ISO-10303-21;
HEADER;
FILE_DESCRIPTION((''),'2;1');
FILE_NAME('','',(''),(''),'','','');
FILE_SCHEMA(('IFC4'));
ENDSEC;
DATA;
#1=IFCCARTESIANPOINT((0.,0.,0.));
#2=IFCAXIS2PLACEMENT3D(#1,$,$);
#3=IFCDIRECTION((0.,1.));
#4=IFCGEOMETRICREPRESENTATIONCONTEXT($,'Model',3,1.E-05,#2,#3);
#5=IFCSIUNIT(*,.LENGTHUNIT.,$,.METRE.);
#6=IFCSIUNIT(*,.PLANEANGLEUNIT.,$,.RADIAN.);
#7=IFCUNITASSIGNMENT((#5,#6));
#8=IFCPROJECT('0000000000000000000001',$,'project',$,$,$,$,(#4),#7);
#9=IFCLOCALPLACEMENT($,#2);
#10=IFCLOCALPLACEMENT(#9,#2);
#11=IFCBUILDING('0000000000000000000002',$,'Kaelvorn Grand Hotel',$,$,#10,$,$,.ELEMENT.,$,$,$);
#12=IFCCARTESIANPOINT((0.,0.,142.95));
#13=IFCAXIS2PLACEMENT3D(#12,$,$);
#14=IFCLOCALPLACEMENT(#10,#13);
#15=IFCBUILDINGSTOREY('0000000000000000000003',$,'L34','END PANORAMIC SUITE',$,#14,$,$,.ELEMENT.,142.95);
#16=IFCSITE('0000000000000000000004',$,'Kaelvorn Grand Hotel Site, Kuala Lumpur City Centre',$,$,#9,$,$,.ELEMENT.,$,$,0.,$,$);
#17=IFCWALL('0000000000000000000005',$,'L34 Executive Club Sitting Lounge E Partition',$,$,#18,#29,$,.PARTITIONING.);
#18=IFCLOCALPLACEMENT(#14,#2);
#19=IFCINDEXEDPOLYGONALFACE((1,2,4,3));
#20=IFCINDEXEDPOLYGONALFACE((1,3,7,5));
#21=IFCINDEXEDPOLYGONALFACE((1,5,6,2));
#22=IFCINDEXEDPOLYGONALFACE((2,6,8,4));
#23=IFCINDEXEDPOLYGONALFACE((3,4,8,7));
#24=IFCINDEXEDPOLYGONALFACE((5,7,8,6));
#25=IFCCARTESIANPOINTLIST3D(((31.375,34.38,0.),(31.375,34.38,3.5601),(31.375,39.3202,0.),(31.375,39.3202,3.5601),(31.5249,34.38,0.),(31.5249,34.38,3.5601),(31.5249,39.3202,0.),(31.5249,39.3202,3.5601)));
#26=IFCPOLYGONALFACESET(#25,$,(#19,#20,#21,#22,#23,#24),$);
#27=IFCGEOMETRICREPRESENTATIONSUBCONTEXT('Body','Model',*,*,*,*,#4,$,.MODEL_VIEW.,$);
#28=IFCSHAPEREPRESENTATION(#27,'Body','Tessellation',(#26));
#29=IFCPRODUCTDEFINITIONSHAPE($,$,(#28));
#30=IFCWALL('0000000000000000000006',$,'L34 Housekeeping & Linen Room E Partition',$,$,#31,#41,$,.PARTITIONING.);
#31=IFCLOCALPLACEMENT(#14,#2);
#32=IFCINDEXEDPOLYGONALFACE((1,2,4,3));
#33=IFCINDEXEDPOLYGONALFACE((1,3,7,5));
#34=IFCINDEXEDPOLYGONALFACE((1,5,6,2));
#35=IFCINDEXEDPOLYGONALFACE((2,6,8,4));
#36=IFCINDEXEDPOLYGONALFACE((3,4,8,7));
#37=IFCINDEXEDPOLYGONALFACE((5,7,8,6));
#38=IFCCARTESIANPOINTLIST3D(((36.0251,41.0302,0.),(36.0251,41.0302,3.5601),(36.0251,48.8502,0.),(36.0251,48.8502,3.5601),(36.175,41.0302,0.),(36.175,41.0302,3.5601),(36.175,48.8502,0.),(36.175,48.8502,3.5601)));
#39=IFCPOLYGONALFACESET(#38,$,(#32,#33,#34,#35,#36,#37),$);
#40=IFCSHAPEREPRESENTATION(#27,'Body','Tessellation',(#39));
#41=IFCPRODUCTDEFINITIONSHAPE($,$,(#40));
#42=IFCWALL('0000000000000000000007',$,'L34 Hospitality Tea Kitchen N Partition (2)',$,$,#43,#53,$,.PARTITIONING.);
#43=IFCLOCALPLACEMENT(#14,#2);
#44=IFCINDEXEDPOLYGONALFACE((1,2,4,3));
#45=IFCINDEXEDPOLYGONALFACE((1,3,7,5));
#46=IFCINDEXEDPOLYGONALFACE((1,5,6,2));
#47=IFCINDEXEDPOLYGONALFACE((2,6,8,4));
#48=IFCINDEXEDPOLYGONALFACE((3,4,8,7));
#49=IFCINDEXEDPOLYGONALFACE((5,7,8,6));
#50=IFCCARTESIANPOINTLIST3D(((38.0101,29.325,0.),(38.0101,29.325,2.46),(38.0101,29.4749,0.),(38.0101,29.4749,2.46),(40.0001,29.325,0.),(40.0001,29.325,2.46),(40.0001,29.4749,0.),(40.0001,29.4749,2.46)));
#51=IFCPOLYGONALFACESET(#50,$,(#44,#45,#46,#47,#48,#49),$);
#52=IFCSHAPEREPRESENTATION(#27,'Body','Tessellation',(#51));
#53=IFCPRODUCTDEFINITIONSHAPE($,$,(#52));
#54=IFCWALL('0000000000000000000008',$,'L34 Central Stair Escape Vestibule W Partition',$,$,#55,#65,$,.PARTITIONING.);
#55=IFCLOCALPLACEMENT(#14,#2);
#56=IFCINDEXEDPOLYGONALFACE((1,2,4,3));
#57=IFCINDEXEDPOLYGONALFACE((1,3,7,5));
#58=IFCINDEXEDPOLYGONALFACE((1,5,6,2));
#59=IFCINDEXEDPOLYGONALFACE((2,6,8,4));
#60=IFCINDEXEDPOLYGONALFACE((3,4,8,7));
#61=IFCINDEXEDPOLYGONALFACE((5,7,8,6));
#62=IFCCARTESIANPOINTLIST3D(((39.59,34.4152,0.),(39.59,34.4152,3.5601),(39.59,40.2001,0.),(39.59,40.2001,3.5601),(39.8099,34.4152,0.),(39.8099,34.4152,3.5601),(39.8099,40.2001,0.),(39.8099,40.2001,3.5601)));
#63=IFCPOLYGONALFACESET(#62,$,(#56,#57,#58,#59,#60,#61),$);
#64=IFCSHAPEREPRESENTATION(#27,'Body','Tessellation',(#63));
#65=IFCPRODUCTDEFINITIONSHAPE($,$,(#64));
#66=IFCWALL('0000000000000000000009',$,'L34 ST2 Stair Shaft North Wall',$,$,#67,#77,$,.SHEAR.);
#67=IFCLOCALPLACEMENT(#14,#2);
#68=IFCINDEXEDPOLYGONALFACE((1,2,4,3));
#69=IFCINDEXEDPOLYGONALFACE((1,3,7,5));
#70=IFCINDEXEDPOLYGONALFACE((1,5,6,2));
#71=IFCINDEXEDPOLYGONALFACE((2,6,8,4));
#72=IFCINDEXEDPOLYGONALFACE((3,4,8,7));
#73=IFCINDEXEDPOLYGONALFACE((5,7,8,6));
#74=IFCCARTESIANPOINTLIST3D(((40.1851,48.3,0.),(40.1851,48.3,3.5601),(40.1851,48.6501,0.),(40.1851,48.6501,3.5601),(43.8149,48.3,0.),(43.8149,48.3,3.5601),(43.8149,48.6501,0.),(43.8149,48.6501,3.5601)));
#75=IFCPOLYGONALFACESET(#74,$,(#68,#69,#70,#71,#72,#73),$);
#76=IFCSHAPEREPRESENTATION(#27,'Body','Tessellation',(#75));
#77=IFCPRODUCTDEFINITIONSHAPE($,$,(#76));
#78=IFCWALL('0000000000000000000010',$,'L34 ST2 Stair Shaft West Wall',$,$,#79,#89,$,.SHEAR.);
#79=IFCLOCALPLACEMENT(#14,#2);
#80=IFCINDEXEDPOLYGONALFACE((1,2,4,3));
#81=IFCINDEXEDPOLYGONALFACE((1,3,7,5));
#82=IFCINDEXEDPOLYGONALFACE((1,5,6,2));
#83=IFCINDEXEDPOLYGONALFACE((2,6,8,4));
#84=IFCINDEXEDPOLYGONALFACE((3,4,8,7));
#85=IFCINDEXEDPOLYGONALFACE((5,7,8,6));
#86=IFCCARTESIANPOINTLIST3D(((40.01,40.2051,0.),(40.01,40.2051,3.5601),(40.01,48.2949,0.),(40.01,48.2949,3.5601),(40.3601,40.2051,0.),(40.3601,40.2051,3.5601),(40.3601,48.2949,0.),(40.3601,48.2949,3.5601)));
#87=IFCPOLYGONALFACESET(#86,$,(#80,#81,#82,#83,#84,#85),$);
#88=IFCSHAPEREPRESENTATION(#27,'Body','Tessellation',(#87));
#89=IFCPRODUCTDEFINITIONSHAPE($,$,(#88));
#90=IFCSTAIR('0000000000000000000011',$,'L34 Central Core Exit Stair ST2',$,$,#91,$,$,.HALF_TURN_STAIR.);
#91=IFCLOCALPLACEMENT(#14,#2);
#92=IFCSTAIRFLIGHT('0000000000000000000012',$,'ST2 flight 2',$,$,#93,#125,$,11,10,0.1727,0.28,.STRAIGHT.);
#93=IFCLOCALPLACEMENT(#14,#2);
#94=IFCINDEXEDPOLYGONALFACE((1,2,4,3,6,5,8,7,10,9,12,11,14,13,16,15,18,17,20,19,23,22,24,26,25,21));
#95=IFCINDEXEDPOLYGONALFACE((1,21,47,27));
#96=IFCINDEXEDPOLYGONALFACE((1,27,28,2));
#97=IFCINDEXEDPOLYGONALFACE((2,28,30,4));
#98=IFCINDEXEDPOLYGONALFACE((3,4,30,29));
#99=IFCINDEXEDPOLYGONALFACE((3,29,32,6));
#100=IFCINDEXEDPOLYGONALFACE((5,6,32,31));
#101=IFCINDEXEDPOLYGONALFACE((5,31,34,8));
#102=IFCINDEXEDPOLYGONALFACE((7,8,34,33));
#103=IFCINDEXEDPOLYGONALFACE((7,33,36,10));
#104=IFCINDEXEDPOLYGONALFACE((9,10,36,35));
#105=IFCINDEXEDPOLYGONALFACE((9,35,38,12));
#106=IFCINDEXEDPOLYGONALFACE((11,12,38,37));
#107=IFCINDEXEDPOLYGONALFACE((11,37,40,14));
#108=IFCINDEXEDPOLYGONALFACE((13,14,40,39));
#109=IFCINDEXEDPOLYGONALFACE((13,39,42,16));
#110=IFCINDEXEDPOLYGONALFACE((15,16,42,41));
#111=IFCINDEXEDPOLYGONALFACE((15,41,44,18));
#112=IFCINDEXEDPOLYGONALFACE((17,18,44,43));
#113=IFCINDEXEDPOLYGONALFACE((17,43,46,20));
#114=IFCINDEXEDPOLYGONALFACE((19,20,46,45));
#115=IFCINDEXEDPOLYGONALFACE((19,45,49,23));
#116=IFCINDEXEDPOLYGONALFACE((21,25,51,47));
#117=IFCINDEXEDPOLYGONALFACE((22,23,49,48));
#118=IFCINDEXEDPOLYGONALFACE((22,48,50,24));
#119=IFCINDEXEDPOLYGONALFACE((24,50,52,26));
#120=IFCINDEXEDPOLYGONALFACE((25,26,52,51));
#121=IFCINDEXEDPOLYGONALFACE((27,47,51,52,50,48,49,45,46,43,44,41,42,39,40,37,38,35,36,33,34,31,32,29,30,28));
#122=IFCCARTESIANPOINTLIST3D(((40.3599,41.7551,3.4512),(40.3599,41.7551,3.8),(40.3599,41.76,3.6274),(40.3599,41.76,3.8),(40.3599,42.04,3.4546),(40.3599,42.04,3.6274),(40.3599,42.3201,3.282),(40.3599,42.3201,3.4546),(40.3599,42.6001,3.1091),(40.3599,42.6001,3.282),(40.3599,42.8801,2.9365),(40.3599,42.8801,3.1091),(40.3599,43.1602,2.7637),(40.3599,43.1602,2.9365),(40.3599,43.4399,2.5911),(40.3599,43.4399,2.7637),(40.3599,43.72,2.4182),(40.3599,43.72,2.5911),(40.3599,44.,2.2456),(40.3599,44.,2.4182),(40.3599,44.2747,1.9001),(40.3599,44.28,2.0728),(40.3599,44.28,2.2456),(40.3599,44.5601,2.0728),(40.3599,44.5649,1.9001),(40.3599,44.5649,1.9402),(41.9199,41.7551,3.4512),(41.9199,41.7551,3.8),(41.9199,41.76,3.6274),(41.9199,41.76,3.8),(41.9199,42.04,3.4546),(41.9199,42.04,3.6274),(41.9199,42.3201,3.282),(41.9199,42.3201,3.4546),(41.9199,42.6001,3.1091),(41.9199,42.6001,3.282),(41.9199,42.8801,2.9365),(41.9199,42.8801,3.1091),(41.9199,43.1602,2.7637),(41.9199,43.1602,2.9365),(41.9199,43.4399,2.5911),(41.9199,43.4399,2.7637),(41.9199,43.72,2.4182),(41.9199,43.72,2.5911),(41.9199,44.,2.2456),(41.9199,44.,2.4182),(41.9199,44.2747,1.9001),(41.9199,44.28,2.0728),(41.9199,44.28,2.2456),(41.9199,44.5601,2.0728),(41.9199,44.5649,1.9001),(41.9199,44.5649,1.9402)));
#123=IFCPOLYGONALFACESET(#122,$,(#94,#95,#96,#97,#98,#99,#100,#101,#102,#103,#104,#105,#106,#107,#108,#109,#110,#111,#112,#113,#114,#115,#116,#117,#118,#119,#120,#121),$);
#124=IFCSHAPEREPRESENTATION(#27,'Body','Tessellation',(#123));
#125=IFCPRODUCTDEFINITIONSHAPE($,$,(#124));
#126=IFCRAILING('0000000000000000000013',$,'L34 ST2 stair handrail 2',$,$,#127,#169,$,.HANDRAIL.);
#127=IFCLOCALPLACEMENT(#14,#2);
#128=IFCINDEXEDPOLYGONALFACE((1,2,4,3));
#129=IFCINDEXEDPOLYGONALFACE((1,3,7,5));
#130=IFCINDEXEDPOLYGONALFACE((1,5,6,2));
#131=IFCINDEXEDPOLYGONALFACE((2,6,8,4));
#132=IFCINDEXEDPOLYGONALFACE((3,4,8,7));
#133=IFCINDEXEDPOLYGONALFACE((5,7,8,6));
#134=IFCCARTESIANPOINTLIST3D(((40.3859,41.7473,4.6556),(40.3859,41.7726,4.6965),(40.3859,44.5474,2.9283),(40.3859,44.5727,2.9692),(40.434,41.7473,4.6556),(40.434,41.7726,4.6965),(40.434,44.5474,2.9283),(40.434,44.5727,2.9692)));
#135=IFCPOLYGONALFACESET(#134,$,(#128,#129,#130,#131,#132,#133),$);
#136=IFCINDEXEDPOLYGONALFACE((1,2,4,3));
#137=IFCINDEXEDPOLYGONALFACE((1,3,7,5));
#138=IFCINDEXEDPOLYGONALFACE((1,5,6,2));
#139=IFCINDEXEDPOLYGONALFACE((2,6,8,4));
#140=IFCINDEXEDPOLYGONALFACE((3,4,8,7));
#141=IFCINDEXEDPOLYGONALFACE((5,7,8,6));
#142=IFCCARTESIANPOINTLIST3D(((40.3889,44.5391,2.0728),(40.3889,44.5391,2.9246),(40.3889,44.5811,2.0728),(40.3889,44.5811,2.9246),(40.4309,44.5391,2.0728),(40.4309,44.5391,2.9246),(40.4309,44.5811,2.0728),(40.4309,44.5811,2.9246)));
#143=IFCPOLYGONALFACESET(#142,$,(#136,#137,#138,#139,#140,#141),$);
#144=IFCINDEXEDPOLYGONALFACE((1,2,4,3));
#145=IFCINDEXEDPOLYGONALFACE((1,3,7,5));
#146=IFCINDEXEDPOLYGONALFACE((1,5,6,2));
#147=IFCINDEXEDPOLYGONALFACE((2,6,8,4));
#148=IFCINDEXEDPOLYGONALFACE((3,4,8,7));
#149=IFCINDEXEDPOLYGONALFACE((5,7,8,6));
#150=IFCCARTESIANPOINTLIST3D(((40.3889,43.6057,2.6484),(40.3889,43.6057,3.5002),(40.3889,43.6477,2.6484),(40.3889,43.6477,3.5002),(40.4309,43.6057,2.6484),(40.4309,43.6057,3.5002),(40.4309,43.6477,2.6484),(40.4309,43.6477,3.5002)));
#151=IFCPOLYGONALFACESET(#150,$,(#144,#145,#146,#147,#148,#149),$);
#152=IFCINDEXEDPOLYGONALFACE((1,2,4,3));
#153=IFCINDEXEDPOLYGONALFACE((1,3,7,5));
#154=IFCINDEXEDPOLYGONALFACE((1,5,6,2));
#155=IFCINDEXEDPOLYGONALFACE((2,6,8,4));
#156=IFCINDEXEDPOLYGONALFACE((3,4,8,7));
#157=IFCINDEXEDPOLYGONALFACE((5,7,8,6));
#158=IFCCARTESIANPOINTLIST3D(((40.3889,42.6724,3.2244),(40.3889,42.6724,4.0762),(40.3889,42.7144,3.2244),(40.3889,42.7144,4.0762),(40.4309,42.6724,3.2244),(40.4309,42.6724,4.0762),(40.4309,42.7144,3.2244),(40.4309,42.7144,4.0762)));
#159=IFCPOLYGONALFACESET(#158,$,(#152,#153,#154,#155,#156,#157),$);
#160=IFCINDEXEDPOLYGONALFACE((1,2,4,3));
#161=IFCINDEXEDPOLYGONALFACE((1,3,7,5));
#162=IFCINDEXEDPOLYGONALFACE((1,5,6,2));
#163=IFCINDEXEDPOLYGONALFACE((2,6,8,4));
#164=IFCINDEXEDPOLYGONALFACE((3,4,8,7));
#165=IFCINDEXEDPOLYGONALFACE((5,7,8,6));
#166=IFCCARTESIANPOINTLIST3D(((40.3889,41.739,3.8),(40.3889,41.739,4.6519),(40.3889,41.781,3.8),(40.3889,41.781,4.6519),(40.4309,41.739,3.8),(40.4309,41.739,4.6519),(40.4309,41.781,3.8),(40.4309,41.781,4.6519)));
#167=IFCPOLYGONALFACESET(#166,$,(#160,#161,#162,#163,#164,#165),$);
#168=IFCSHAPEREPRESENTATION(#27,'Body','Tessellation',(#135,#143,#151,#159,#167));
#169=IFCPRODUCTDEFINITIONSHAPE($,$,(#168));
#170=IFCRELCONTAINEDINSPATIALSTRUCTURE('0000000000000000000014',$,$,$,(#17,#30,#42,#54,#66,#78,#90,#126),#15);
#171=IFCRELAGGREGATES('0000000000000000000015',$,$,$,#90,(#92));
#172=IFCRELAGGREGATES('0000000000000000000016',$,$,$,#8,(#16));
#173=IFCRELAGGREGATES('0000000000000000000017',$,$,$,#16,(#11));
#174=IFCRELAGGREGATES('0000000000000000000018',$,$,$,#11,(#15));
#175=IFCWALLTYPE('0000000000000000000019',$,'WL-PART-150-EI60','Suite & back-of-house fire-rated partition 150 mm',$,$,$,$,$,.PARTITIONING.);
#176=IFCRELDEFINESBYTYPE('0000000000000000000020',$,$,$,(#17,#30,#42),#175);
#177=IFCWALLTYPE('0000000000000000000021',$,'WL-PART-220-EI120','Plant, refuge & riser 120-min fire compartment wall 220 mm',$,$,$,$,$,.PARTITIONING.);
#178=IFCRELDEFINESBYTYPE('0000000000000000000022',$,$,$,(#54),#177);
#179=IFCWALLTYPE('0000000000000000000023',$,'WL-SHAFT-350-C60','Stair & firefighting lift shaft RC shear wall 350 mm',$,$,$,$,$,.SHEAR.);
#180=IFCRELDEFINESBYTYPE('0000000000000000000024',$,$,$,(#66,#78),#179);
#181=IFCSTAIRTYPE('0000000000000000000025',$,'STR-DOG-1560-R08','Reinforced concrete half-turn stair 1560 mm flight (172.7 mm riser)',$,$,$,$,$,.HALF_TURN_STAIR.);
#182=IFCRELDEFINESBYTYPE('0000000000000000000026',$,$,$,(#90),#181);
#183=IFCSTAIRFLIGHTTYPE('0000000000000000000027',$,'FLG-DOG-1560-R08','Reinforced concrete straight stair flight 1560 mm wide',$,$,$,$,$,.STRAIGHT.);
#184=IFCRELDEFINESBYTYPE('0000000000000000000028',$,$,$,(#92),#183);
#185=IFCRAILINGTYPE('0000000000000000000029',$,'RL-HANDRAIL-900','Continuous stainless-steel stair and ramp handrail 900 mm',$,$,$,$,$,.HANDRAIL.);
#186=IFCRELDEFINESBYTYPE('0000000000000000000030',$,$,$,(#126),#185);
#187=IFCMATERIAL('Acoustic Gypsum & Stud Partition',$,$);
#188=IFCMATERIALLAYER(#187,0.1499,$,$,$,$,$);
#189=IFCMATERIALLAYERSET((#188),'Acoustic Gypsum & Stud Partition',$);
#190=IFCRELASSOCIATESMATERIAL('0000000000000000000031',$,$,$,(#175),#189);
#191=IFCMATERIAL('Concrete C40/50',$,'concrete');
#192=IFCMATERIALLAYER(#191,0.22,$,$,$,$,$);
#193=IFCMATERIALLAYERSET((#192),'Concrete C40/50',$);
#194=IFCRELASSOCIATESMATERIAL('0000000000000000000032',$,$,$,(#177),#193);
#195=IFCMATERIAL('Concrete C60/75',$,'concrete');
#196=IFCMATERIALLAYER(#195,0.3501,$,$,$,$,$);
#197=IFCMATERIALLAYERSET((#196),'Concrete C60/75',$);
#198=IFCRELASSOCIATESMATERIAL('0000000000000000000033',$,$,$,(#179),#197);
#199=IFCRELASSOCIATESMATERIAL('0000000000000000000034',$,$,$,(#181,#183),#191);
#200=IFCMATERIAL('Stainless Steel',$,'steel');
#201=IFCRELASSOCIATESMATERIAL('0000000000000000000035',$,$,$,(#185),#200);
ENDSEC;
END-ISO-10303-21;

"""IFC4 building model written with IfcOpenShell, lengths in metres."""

from ifc_helpers import new_model, si_unit, direction, frame, frame_2d, origin, origin_2d, place, context, subcontext, project, spatial, polyline, rectangle, outline, extrude, material, layer, layer_set, type_object, element, aggregate, save


model = new_model("IFC4")

# Units and contexts
model_context = context("Model", 3, precision=1e-05, world=origin(), true_north=direction((0.0, 1.0)))
body_context = subcontext(model_context, "Body", "Model", "MODEL_VIEW")
ifc_project = project(units=[si_unit("LENGTHUNIT", "METRE"), si_unit("PLANEANGLEUNIT", "RADIAN")], contexts=[model_context])

# Site, building, storey
site_placement = place(None, origin())
site = spatial("IfcSite", under=ifc_project, at=site_placement, Name="Kaelvorn Grand Hotel Site, Kuala Lumpur City Centre", CompositionType="ELEMENT", RefElevation=0.0)
building_placement = place(site_placement, origin())
building = spatial("IfcBuilding", under=site, at=building_placement, Name="Kaelvorn Grand Hotel", CompositionType="ELEMENT")
storey_placement = place(building_placement, frame((0.0, 0.0, 142.95)))
storey = spatial("IfcBuildingStorey", under=building, at=storey_placement, Name="L34", Description="END PANORAMIC SUITE", CompositionType="ELEMENT", Elevation=142.95)

# Shared definitions
ifc_material_1 = material(Name="Concrete C60/75", Category="concrete")

# Shared definitions
ifc_material_2 = material(Name="Acoustic Gypsum & Stud Partition")
ifc_layer_1 = layer(ifc_material_2, 0.1499)
ifc_layer_set_1 = layer_set([ifc_layer_1], Name="Acoustic Gypsum & Stud Partition")
wall_type_1 = type_object("IfcWallType", Name="WL-PART-150-EI60", Description="Suite & back-of-house fire-rated partition 150 mm", PredefinedType="PARTITIONING", material=ifc_layer_set_1)

# Walls
for number, where, z_axis, x_axis, name in (
    (1, (31.45, 34.3799, 0.0), (0.0, 0.0, 1.0), (0.0, 1.0, 0.0), "L34 Executive Club Sitting Lounge E Partition"),
):
    element("IfcWall", number, at=place(storey_placement, frame(where, z_axis=z_axis, x_axis=x_axis)), inside=storey, type_object=wall_type_1, Name=name, PredefinedType="PARTITIONING", context=body_context, shape_type="SweptSolid", body=[
        extrude(rectangle(XDim=4.9402, YDim=0.1499, at=frame_2d((2.4702, 0.0))), origin(), (0.0, 0.0, 1.0), 3.5601),
    ])
wall_1_placement = place(storey_placement, frame((36.1001, 41.03, 0.0), z_axis=(0.0, 0.0, 1.0), x_axis=(0.0, 1.0, 0.0)))
element("IfcWall", 2, at=wall_1_placement, inside=storey, type_object=wall_type_1, Name="L34 Housekeeping & Linen Room E Partition", PredefinedType="PARTITIONING", context=body_context, shape_type="SweptSolid", body=[
    extrude(rectangle(XDim=7.8201, YDim=0.1499, at=frame_2d((3.9102, 0.0))), origin(), (0.0, 0.0, 1.0), 3.5601),
])
wall_2_placement = place(storey_placement, frame((38.01, 29.3999, 0.0), z_axis=(0.0, 0.0, 1.0), x_axis=(1.0, 0.0, 0.0)))
element("IfcWall", 3, at=wall_2_placement, inside=storey, type_object=wall_type_1, Name="L34 Hospitality Tea Kitchen N Partition (2)", PredefinedType="PARTITIONING", context=body_context, shape_type="SweptSolid", body=[
    extrude(rectangle(XDim=1.99, YDim=0.1499, at=frame_2d((0.9951, 0.0))), origin(), (0.0, 0.0, 1.0), 2.46),
])

# Shared definitions
ifc_material_3 = material(Name="Concrete C40/50", Category="concrete")
ifc_layer_2 = layer(ifc_material_3, 0.22)
ifc_layer_set_2 = layer_set([ifc_layer_2], Name="Concrete C40/50")
wall_type_2 = type_object("IfcWallType", Name="WL-PART-220-EI120", Description="Plant, refuge & riser 120-min fire compartment wall 220 mm", PredefinedType="PARTITIONING", material=ifc_layer_set_2)

# Wall
wall_3_placement = place(storey_placement, frame((39.7, 34.415, 0.0), z_axis=(0.0, 0.0, 1.0), x_axis=(0.0, 1.0, 0.0)))
element("IfcWall", 4, at=wall_3_placement, inside=storey, type_object=wall_type_2, Name="L34 Central Stair Escape Vestibule W Partition", PredefinedType="PARTITIONING", context=body_context, shape_type="SweptSolid", body=[
    extrude(rectangle(XDim=5.7849, YDim=0.22, at=frame_2d((2.8926, 0.0))), origin(), (0.0, 0.0, 1.0), 3.5601),
])

# Shared definitions
ifc_layer_3 = layer(ifc_material_1, 0.3501)
ifc_layer_set_3 = layer_set([ifc_layer_3], Name="Concrete C60/75")
wall_type_3 = type_object("IfcWallType", Name="WL-SHAFT-350-C60", Description="Stair & firefighting lift shaft RC shear wall 350 mm", PredefinedType="SHEAR", material=ifc_layer_set_3)

# Walls
wall_4_placement = place(storey_placement, frame((40.1851, 48.4751, 0.0), z_axis=(0.0, 0.0, 1.0), x_axis=(1.0, 0.0, 0.0)))
element("IfcWall", 5, at=wall_4_placement, inside=storey, type_object=wall_type_3, Name="L34 ST2 Stair Shaft North Wall", PredefinedType="SHEAR", context=body_context, shape_type="SweptSolid", body=[
    extrude(rectangle(XDim=3.6299, YDim=0.3501, at=frame_2d((1.8149, 0.0))), origin(), (0.0, 0.0, 1.0), 3.5601),
])
wall_5_placement = place(storey_placement, frame((40.1851, 40.2051, 0.0), z_axis=(0.0, 0.0, 1.0), x_axis=(0.0, 1.0, 0.0)))
element("IfcWall", 6, at=wall_5_placement, inside=storey, type_object=wall_type_3, Name="L34 ST2 Stair Shaft West Wall", PredefinedType="SHEAR", context=body_context, shape_type="SweptSolid", body=[
    extrude(rectangle(XDim=8.0898, YDim=0.3501, at=frame_2d((4.0449, 0.0))), origin(), (0.0, 0.0, 1.0), 3.5601),
])

# Stair, stair flight
stair_type = type_object("IfcStairType", Name="STR-DOG-1560-R08", Description="Reinforced concrete half-turn stair 1560 mm flight (172.7 mm riser)", PredefinedType="HALF_TURN_STAIR", material=ifc_material_3)
stair_placement = place(storey_placement, origin())
stair = element("IfcStair", 7, at=stair_placement, inside=storey, type_object=stair_type, Name="L34 Central Core Exit Stair ST2", PredefinedType="HALF_TURN_STAIR")
stair_flight_type = type_object("IfcStairFlightType", Name="FLG-DOG-1560-R08", Description="Reinforced concrete straight stair flight 1560 mm wide", PredefinedType="STRAIGHT", material=ifc_material_3)
stair_flight_placement = place(storey_placement, frame((41.1399, 44.5601, 1.9001), z_axis=(0.0, 0.0, 1.0), x_axis=(0.0, -1.0, 0.0)))
stair_flight = element("IfcStairFlight", 8, at=stair_flight_placement, type_object=stair_flight_type, Name="ST2 flight 2", NumberOfRisers=11, NumberOfTreads=10, PredefinedType="STRAIGHT", RiserHeight=0.1727, TreadLength=0.28, context=body_context, shape_type="SweptSolid", body=[
    extrude(outline(polyline([(-0.0049, 0.0), (-0.0049, 0.04), (0.0, 0.1726), (0.28, 0.1726), (0.28, 0.3455), (0.5601, 0.3455), (0.5601, 0.5181), (0.8401, 0.5181), (0.8401, 0.6909), (1.1201, 0.6909), (1.1201, 0.8635), (1.3999, 0.8635), (1.3999, 1.0364), (1.6799, 1.0364), (1.6799, 1.209), (1.96, 1.209), (1.96, 1.3818), (2.24, 1.3818), (2.24, 1.5544), (2.52, 1.5544), (2.52, 1.7273), (2.8, 1.7273), (2.8, 1.8999), (2.8049, 1.8999), (2.8049, 1.551), (0.2854, 0.0), (-0.0049, 0.0)])), frame((0.0, 0.78, 0.0), z_axis=(0.0, -1.0, 0.0), x_axis=(1.0, 0.0, 0.0)), (0.0, 0.0, 1.0), 1.5601),
])
aggregate(stair, [stair_flight])

# Railing
ifc_material_4 = material(Name="Stainless Steel", Category="steel")
railing_type_1 = type_object("IfcRailingType", Name="RL-HANDRAIL-900", Description="Continuous stainless-steel stair and ramp handrail 900 mm", PredefinedType="HANDRAIL", material=ifc_material_4)
railing_1_placement = place(storey_placement, frame((40.4099, 44.5601, 2.0728)))
element("IfcRailing", 9, at=railing_1_placement, inside=storey, type_object=railing_type_1, Name="L34 ST2 stair handrail 2", PredefinedType="HANDRAIL", context=body_context, shape_type="SweptSolid", body=[
    extrude(rectangle(XDim=0.0481, YDim=0.0481, at=origin_2d()), frame((0.0, 0.0, 0.876), z_axis=(0.0, -0.85109, 0.52502), x_axis=(1.0, 0.0, 0.0)), (0.0, 0.0, 1.0), 3.29),
    extrude(rectangle(XDim=0.042, YDim=0.042, at=origin_2d()), origin(), (0.0, 0.0, 1.0), 0.8518),
    extrude(rectangle(XDim=0.042, YDim=0.042, at=origin_2d()), frame((0.0, -0.9333, 0.5757)), (0.0, 0.0, 1.0), 0.8518),
    extrude(rectangle(XDim=0.042, YDim=0.042, at=origin_2d()), frame((0.0, -1.8667, 1.1516)), (0.0, 0.0, 1.0), 0.8518),
    extrude(rectangle(XDim=0.042, YDim=0.042, at=origin_2d()), frame((0.0, -2.8, 1.7273)), (0.0, 0.0, 1.0), 0.8518),
])

save(model, "model.ifc")
